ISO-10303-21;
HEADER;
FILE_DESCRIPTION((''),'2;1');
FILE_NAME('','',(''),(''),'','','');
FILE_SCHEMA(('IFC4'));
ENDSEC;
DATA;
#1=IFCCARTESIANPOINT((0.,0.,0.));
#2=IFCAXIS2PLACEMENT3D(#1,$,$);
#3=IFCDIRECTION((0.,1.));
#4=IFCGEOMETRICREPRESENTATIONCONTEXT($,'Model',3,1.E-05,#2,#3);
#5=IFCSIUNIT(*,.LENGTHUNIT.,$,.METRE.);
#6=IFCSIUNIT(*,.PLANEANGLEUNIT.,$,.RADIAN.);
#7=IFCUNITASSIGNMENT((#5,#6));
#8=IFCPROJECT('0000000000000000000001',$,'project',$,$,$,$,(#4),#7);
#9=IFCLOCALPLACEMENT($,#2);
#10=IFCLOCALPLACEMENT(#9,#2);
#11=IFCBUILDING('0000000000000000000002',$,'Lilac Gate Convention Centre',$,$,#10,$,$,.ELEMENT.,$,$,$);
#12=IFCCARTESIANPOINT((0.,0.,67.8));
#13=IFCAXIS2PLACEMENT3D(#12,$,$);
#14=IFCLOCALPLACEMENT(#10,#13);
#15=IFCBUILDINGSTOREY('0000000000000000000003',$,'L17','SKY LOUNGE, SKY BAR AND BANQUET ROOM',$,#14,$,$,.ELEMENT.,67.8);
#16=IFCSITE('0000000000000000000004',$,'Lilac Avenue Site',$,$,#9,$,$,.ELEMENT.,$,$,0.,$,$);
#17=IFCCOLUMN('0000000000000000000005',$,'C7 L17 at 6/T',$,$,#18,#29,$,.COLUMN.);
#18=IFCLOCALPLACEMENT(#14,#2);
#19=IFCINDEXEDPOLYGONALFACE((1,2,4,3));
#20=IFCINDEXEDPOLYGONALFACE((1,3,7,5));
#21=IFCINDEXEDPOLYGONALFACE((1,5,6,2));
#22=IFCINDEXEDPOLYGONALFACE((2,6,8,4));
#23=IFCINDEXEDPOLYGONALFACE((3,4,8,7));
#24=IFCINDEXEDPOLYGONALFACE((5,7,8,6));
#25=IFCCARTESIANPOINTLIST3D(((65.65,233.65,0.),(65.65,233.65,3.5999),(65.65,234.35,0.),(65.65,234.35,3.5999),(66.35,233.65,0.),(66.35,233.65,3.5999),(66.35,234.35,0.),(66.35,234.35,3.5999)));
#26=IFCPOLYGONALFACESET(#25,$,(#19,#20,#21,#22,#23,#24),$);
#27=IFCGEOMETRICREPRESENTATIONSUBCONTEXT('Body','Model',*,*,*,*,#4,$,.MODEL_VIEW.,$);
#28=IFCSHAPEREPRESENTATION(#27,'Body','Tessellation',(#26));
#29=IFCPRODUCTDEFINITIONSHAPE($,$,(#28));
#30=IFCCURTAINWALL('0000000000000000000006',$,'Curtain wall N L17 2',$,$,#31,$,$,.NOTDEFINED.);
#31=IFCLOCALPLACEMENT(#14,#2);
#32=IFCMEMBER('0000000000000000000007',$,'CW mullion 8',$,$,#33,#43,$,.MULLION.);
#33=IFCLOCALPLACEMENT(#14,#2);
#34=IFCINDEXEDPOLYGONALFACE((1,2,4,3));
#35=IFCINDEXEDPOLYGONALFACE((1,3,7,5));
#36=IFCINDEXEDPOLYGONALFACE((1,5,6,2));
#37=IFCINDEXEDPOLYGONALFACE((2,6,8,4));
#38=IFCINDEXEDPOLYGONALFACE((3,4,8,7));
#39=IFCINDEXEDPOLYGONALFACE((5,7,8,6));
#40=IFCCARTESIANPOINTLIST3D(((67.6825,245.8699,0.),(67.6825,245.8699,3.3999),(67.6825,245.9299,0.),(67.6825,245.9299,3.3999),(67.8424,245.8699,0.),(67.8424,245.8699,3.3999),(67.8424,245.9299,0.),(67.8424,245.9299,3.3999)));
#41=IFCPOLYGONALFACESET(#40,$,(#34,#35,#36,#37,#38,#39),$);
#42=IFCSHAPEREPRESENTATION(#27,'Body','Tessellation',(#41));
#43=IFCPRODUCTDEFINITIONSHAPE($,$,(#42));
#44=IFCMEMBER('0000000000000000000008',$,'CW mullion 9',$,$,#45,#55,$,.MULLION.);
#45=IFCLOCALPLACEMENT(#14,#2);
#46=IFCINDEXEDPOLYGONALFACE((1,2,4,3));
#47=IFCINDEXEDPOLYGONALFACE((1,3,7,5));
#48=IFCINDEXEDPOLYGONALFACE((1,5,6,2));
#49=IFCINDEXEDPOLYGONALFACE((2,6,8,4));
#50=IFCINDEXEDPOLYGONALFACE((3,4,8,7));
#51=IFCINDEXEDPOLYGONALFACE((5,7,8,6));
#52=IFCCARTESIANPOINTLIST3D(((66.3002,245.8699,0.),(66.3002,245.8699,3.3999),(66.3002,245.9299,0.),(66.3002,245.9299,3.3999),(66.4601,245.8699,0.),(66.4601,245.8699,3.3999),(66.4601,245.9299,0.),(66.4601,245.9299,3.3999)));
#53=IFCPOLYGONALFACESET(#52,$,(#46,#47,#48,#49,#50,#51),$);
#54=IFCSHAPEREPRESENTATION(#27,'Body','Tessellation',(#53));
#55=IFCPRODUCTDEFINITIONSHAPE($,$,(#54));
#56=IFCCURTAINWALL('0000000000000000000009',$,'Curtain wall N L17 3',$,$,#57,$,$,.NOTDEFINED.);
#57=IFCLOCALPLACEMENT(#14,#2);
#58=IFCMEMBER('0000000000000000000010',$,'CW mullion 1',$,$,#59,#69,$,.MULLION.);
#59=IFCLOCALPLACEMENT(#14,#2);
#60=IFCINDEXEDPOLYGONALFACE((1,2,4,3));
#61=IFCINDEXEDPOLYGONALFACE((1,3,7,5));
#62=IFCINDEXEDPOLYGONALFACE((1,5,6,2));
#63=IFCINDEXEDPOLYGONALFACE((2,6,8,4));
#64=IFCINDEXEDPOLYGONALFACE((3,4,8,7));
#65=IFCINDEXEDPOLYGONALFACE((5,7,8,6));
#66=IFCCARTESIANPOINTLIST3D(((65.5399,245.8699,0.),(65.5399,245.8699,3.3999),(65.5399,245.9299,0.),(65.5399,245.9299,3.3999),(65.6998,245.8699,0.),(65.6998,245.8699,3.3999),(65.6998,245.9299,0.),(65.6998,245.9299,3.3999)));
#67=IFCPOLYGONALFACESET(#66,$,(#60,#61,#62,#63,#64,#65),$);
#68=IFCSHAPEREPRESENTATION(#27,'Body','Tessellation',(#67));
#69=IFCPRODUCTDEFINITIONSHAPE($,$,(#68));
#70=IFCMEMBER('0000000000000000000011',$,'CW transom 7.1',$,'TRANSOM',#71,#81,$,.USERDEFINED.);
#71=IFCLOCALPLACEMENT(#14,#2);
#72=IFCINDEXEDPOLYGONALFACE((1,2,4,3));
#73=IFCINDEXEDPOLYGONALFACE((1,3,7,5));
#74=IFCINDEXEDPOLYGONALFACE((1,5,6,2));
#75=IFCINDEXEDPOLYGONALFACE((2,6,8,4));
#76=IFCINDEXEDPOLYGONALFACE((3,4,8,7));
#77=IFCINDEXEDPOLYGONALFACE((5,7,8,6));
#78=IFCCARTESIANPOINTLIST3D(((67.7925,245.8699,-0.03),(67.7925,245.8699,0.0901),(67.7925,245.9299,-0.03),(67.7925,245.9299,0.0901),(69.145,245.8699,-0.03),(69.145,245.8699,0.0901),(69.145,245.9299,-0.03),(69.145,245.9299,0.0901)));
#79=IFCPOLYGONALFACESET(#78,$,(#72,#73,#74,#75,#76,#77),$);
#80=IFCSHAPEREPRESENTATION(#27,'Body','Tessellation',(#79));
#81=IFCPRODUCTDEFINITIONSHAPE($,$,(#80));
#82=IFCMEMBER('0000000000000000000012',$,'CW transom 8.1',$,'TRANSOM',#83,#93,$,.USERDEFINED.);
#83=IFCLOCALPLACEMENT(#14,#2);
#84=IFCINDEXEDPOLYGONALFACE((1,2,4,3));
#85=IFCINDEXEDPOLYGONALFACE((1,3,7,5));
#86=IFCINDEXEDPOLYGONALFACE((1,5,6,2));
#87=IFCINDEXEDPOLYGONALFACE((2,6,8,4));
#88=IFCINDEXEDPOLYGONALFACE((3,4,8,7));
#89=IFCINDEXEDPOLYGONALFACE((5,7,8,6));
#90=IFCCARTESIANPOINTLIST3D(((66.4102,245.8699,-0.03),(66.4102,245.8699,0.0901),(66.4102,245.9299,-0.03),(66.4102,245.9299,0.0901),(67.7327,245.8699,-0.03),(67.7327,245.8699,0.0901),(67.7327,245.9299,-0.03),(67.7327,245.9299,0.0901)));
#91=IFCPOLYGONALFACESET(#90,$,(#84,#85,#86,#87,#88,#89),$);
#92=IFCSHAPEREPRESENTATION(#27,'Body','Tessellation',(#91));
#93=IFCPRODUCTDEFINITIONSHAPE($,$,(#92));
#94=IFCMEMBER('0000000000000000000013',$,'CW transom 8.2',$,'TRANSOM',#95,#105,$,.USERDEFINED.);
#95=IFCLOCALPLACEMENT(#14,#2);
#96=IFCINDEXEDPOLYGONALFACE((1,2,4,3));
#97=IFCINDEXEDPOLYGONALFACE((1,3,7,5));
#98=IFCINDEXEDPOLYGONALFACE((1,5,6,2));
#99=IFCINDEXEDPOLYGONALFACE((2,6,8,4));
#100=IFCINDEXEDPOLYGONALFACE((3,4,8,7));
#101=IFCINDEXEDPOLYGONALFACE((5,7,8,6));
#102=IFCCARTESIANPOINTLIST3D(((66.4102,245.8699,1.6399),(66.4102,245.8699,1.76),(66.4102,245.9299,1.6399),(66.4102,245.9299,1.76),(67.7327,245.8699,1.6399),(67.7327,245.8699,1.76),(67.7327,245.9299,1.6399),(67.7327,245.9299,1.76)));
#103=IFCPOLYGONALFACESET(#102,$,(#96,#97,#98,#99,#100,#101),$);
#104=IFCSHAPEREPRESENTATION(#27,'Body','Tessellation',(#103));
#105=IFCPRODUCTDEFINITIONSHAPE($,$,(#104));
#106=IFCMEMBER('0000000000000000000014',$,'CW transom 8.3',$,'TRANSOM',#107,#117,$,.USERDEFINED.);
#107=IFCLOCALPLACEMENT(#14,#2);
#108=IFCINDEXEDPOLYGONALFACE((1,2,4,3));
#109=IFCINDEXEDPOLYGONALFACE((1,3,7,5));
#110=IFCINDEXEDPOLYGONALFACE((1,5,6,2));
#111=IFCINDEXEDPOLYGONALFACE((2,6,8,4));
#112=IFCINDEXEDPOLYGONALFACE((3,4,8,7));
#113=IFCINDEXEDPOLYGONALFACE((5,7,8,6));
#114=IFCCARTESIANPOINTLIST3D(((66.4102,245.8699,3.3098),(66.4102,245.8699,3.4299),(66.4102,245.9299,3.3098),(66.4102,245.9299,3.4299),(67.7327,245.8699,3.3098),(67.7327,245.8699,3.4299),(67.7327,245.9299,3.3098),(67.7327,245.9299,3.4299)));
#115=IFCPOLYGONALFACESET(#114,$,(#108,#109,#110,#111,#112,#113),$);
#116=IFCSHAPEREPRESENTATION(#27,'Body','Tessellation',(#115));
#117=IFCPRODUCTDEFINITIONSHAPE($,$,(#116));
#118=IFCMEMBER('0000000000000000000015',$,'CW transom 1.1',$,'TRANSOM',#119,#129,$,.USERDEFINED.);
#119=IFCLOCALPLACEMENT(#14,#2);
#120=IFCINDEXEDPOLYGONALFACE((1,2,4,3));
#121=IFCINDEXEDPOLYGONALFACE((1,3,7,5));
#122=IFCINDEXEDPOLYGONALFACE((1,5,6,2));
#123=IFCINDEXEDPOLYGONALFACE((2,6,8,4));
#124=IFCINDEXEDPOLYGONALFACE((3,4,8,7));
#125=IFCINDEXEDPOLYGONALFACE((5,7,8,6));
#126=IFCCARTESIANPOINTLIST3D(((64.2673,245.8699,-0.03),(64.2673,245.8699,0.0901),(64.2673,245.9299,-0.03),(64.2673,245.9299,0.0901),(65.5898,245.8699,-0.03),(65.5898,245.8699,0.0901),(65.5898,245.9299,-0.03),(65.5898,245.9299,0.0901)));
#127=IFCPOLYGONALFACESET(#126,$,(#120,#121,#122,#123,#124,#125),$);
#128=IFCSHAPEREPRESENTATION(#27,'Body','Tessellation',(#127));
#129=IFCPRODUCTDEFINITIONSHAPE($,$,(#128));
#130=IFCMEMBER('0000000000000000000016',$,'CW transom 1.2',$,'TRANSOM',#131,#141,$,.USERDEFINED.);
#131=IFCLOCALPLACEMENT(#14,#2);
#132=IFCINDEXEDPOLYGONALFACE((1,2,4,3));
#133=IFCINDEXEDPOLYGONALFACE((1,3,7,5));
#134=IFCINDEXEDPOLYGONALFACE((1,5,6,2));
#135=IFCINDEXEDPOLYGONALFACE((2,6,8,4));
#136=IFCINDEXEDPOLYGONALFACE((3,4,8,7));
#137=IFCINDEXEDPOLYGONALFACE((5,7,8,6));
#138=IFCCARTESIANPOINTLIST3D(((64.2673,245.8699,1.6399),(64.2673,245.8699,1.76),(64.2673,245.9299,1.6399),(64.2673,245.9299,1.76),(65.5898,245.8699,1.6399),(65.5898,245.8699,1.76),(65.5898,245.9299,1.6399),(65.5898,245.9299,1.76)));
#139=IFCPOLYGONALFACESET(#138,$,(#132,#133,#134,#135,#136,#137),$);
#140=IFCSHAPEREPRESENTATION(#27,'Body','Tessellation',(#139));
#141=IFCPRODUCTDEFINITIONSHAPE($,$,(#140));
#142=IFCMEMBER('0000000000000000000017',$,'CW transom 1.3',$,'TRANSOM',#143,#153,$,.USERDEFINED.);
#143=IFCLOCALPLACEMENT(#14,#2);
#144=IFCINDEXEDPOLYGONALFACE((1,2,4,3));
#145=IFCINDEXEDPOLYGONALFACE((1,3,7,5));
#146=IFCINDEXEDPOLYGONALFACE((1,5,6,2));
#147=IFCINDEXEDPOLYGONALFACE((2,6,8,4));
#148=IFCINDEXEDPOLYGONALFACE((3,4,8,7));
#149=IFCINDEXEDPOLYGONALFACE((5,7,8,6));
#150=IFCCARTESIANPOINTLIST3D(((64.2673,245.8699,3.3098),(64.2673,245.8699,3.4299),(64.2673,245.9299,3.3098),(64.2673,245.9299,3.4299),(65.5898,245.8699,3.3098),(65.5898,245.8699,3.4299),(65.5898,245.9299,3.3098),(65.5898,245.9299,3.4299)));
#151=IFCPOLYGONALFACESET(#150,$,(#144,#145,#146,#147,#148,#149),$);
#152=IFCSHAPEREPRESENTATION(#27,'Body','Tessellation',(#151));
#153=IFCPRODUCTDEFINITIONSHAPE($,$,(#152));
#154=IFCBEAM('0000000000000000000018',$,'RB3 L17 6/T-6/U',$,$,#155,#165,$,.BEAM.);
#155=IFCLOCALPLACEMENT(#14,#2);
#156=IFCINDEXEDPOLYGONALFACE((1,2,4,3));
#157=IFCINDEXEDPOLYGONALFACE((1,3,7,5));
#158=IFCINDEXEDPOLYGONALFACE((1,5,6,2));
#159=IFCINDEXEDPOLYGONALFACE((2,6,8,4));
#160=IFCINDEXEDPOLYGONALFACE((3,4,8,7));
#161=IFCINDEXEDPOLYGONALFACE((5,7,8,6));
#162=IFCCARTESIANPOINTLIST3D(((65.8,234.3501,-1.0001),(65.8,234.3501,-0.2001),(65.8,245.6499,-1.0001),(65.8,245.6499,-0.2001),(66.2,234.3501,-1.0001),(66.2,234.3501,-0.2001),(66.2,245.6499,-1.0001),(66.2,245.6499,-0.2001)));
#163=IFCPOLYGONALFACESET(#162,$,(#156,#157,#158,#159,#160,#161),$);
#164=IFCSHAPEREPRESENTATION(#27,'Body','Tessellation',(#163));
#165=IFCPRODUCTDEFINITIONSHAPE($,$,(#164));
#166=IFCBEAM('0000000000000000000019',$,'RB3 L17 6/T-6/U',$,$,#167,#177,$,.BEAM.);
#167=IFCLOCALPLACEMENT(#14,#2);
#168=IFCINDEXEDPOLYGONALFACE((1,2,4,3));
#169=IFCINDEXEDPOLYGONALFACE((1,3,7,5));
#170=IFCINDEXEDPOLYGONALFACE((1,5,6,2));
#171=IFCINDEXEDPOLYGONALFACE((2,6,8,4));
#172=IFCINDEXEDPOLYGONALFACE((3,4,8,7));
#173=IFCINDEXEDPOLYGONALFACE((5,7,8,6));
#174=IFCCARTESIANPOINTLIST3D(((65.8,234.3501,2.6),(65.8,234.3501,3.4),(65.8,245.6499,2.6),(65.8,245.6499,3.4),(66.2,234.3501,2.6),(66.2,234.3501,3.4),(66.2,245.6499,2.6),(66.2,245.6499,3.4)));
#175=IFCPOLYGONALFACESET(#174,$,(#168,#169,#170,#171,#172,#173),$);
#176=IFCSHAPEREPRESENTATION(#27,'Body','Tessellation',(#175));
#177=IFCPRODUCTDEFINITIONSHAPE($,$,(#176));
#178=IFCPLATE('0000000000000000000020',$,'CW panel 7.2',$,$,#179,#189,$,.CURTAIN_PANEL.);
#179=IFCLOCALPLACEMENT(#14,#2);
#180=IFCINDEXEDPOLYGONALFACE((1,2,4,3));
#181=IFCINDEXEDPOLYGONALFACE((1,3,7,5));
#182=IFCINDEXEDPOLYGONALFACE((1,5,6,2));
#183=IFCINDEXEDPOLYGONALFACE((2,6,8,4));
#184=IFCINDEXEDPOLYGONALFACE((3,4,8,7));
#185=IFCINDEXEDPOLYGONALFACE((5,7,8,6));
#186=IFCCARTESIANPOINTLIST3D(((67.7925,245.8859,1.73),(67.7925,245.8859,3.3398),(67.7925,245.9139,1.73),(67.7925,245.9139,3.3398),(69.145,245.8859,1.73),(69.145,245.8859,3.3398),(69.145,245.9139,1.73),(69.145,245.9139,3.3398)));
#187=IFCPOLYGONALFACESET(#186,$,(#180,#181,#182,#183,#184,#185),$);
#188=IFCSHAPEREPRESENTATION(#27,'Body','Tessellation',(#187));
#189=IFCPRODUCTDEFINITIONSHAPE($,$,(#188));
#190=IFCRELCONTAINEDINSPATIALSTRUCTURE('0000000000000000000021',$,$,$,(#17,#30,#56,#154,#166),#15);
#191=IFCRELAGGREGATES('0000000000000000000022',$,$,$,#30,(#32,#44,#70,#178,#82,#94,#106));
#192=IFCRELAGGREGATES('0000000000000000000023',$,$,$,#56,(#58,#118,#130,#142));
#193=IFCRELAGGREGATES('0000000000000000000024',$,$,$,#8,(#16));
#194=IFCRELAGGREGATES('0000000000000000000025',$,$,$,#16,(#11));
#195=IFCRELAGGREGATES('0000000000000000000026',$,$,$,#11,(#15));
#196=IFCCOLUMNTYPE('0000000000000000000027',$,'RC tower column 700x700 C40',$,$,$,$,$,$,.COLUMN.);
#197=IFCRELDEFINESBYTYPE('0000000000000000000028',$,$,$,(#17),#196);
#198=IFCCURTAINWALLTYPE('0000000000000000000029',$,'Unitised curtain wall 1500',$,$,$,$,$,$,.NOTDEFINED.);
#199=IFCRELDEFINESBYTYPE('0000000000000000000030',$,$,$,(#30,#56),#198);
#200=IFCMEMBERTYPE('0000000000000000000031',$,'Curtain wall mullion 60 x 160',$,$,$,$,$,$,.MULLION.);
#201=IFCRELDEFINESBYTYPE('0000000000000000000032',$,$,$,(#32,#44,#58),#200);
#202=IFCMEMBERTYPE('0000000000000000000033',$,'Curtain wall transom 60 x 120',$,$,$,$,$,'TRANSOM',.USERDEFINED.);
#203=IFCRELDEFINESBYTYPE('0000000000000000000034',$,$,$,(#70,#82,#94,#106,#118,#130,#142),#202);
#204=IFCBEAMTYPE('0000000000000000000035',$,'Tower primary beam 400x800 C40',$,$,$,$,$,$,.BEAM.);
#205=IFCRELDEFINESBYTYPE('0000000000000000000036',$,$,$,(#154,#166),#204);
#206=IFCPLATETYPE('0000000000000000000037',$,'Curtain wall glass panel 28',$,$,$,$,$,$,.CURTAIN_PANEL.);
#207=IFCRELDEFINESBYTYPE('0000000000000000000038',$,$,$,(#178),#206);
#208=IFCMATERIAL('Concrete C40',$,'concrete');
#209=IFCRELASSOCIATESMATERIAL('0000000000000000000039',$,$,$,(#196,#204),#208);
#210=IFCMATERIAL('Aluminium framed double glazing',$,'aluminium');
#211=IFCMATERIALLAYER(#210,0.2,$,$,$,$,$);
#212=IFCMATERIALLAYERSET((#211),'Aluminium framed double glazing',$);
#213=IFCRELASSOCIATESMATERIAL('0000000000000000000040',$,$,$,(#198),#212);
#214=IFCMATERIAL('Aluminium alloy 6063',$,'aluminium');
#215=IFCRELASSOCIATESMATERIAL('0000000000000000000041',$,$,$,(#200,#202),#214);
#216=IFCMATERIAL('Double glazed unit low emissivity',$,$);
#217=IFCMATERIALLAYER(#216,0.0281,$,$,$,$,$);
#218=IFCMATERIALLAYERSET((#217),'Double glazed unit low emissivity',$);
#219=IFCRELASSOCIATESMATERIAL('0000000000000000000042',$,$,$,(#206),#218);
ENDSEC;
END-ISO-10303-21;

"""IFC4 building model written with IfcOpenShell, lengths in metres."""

from ifc_helpers import new_model, si_unit, direction, frame, origin, origin_2d, place, context, subcontext, project, spatial, rectangle, extrude, material, layer, layer_set, material_profile, profile_set, type_object, element, aggregate, save


model = new_model("IFC4")

# Units and contexts
model_context = context("Model", 3, precision=1e-05, world=origin(), true_north=direction((0.0, 1.0)))
body_context = subcontext(model_context, "Body", "Model", "MODEL_VIEW")
ifc_project = project(units=[si_unit("LENGTHUNIT", "METRE"), si_unit("PLANEANGLEUNIT", "RADIAN")], contexts=[model_context])

# Site, building, storey
site_placement = place(None, origin())
site = spatial("IfcSite", under=ifc_project, at=site_placement, Name="Lilac Avenue Site", CompositionType="ELEMENT", RefElevation=0.0)
building_placement = place(site_placement, origin())
building = spatial("IfcBuilding", under=site, at=building_placement, Name="Lilac Gate Convention Centre", CompositionType="ELEMENT")
storey_placement = place(building_placement, frame((0.0, 0.0, 67.8)))
storey = spatial("IfcBuildingStorey", under=building, at=storey_placement, Name="L17", Description="SKY LOUNGE, SKY BAR AND BANQUET ROOM", CompositionType="ELEMENT", Elevation=67.8)

# Column
ifc_material_1 = material(Name="Concrete C40", Category="concrete")
ifc_material_profile_1 = material_profile(ifc_material_1, rectangle(XDim=0.7, YDim=0.7, at=origin_2d()), Name="RC 700x700")
ifc_profile_set_1 = profile_set([ifc_material_profile_1], Name="Concrete C40")
column_type = type_object("IfcColumnType", Name="RC tower column 700x700 C40", PredefinedType="COLUMN", material=ifc_profile_set_1)
column_placement = place(storey_placement, frame((66.0, 234.0, 0.0), z_axis=(0.0, 0.0, 1.0), x_axis=(1.0, 0.0, 0.0)))
element("IfcColumn", 1, at=column_placement, inside=storey, type_object=column_type, Name="C7 L17 at 6/T", PredefinedType="COLUMN", context=body_context, shape_type="SweptSolid", body=[
    extrude(rectangle(XDim=0.7, YDim=0.7, at=origin_2d()), origin(), (0.0, 0.0, 1.0), 3.5999),
])

# Curtain wall, members
ifc_material_2 = material(Name="Aluminium framed double glazing", Category="aluminium")
ifc_layer_1 = layer(ifc_material_2, 0.2)
ifc_layer_set_1 = layer_set([ifc_layer_1], Name="Aluminium framed double glazing")
curtain_wall_type = type_object("IfcCurtainWallType", Name="Unitised curtain wall 1500", PredefinedType="NOTDEFINED", material=ifc_layer_set_1)
curtain_wall_1_placement = place(storey_placement, origin())
curtain_wall_1 = element("IfcCurtainWall", 2, at=curtain_wall_1_placement, inside=storey, type_object=curtain_wall_type, Name="Curtain wall N L17 2", PredefinedType="NOTDEFINED")
ifc_material_3 = material(Name="Aluminium alloy 6063", Category="aluminium")
ifc_material_profile_2 = material_profile(ifc_material_3, rectangle(XDim=0.0601, YDim=0.1599, at=origin_2d()), Name="Curtain wall mullion 60 x 160")
ifc_profile_set_2 = profile_set([ifc_material_profile_2], Name="Aluminium alloy 6063")
member_type_1 = type_object("IfcMemberType", Name="Curtain wall mullion 60 x 160", PredefinedType="MULLION", material=ifc_profile_set_2)
member_1_placement = place(storey_placement, frame((67.7625, 245.8999, 0.0), z_axis=(0.0, 0.0, 1.0), x_axis=(0.0, -1.0, 0.0)))
member_1 = element("IfcMember", 3, at=member_1_placement, type_object=member_type_1, Name="CW mullion 8", PredefinedType="MULLION", context=body_context, shape_type="SweptSolid", body=[
    extrude(rectangle(XDim=0.0601, YDim=0.1599, at=origin_2d()), origin(), (0.0, 0.0, 1.0), 3.3999),
])
member_2_placement = place(storey_placement, frame((66.3801, 245.8999, 0.0), z_axis=(0.0, 0.0, 1.0), x_axis=(0.0, -1.0, 0.0)))
member_2 = element("IfcMember", 4, at=member_2_placement, type_object=member_type_1, Name="CW mullion 9", PredefinedType="MULLION", context=body_context, shape_type="SweptSolid", body=[
    extrude(rectangle(XDim=0.0601, YDim=0.1599, at=origin_2d()), origin(), (0.0, 0.0, 1.0), 3.3999),
])

# Curtain wall, member
curtain_wall_2_placement = place(storey_placement, origin())
curtain_wall_2 = element("IfcCurtainWall", 5, at=curtain_wall_2_placement, inside=storey, type_object=curtain_wall_type, Name="Curtain wall N L17 3", PredefinedType="NOTDEFINED")
member_3_placement = place(storey_placement, frame((65.6199, 245.8999, 0.0), z_axis=(0.0, 0.0, 1.0), x_axis=(0.0, -1.0, 0.0)))
member_3 = element("IfcMember", 6, at=member_3_placement, type_object=member_type_1, Name="CW mullion 1", PredefinedType="MULLION", context=body_context, shape_type="SweptSolid", body=[
    extrude(rectangle(XDim=0.0601, YDim=0.1599, at=origin_2d()), origin(), (0.0, 0.0, 1.0), 3.3999),
])

# Members
ifc_material_profile_3 = material_profile(ifc_material_3, rectangle(XDim=0.0601, YDim=0.1201, at=origin_2d()), Name="Curtain wall transom 60 x 120")
ifc_profile_set_3 = profile_set([ifc_material_profile_3], Name="Aluminium alloy 6063")
member_type_2 = type_object("IfcMemberType", Name="Curtain wall transom 60 x 120", ElementType="TRANSOM", PredefinedType="USERDEFINED", material=ifc_profile_set_3)
member_4_placement = place(storey_placement, frame((69.145, 245.8999, 0.03), z_axis=(-1.0, 0.0, 0.0), x_axis=(0.0, -1.0, 0.0)))
member_4 = element("IfcMember", 7, at=member_4_placement, type_object=member_type_2, Name="CW transom 7.1", ObjectType="TRANSOM", PredefinedType="USERDEFINED", context=body_context, shape_type="SweptSolid", body=[
    extrude(rectangle(XDim=0.0601, YDim=0.1201, at=origin_2d()), origin(), (0.0, 0.0, 1.0), 1.3525),
])
member_5_placement = place(storey_placement, frame((67.7327, 245.8999, 0.03), z_axis=(-1.0, 0.0, 0.0), x_axis=(0.0, -1.0, 0.0)))
member_5 = element("IfcMember", 8, at=member_5_placement, type_object=member_type_2, Name="CW transom 8.1", ObjectType="TRANSOM", PredefinedType="USERDEFINED", context=body_context, shape_type="SweptSolid", body=[
    extrude(rectangle(XDim=0.0601, YDim=0.1201, at=origin_2d()), origin(), (0.0, 0.0, 1.0), 1.3225),
])
member_6_placement = place(storey_placement, frame((67.7327, 245.8999, 1.7), z_axis=(-1.0, 0.0, 0.0), x_axis=(0.0, -1.0, 0.0)))
member_6 = element("IfcMember", 9, at=member_6_placement, type_object=member_type_2, Name="CW transom 8.2", ObjectType="TRANSOM", PredefinedType="USERDEFINED", context=body_context, shape_type="SweptSolid", body=[
    extrude(rectangle(XDim=0.0601, YDim=0.1201, at=origin_2d()), origin(), (0.0, 0.0, 1.0), 1.3225),
])
member_7_placement = place(storey_placement, frame((67.7327, 245.8999, 3.3699), z_axis=(-1.0, 0.0, 0.0), x_axis=(0.0, -1.0, 0.0)))
member_7 = element("IfcMember", 10, at=member_7_placement, type_object=member_type_2, Name="CW transom 8.3", ObjectType="TRANSOM", PredefinedType="USERDEFINED", context=body_context, shape_type="SweptSolid", body=[
    extrude(rectangle(XDim=0.0601, YDim=0.1201, at=origin_2d()), origin(), (0.0, 0.0, 1.0), 1.3225),
])
member_8_placement = place(storey_placement, frame((65.5898, 245.8999, 0.03), z_axis=(-1.0, 0.0, 0.0), x_axis=(0.0, -1.0, 0.0)))
member_8 = element("IfcMember", 11, at=member_8_placement, type_object=member_type_2, Name="CW transom 1.1", ObjectType="TRANSOM", PredefinedType="USERDEFINED", context=body_context, shape_type="SweptSolid", body=[
    extrude(rectangle(XDim=0.0601, YDim=0.1201, at=origin_2d()), origin(), (0.0, 0.0, 1.0), 1.3225),
])
member_9_placement = place(storey_placement, frame((65.5898, 245.8999, 1.7), z_axis=(-1.0, 0.0, 0.0), x_axis=(0.0, -1.0, 0.0)))
member_9 = element("IfcMember", 12, at=member_9_placement, type_object=member_type_2, Name="CW transom 1.2", ObjectType="TRANSOM", PredefinedType="USERDEFINED", context=body_context, shape_type="SweptSolid", body=[
    extrude(rectangle(XDim=0.0601, YDim=0.1201, at=origin_2d()), origin(), (0.0, 0.0, 1.0), 1.3225),
])
member_10_placement = place(storey_placement, frame((65.5898, 245.8999, 3.3699), z_axis=(-1.0, 0.0, 0.0), x_axis=(0.0, -1.0, 0.0)))
member_10 = element("IfcMember", 13, at=member_10_placement, type_object=member_type_2, Name="CW transom 1.3", ObjectType="TRANSOM", PredefinedType="USERDEFINED", context=body_context, shape_type="SweptSolid", body=[
    extrude(rectangle(XDim=0.0601, YDim=0.1201, at=origin_2d()), origin(), (0.0, 0.0, 1.0), 1.3225),
])

# Beams
ifc_material_profile_4 = material_profile(ifc_material_1, rectangle(XDim=0.3999, YDim=0.8, at=origin_2d()), Name="RC 400x800")
ifc_profile_set_4 = profile_set([ifc_material_profile_4], Name="Concrete C40")
beam_type = type_object("IfcBeamType", Name="Tower primary beam 400x800 C40", PredefinedType="BEAM", material=ifc_profile_set_4)
for number, where, z_axis, x_axis, name in (
    (14, (66.0, 234.3501, -0.6001), (0.0, 1.0, 0.0), (-1.0, 0.0, 0.0), "RB3 L17 6/T-6/U"),
    (15, (66.0, 234.3501, 3.0), (0.0, 1.0, 0.0), (-1.0, 0.0, 0.0), "RB3 L17 6/T-6/U"),
):
    element("IfcBeam", number, at=place(storey_placement, frame(where, z_axis=z_axis, x_axis=x_axis)), inside=storey, type_object=beam_type, Name=name, PredefinedType="BEAM", context=body_context, shape_type="SweptSolid", body=[
        extrude(rectangle(XDim=0.3999, YDim=0.8, at=origin_2d()), origin(), (0.0, 0.0, 1.0), 11.2998),
    ])

# Plate
ifc_material_4 = material(Name="Double glazed unit low emissivity")
ifc_layer_2 = layer(ifc_material_4, 0.0281)
ifc_layer_set_2 = layer_set([ifc_layer_2], Name="Double glazed unit low emissivity")
plate_type_1 = type_object("IfcPlateType", Name="Curtain wall glass panel 28", PredefinedType="CURTAIN_PANEL", material=ifc_layer_set_2)
plate_1_placement = place(storey_placement, frame((68.4688, 245.8999, 1.73), z_axis=(0.0, 0.0, 1.0), x_axis=(-1.0, 0.0, 0.0)))
plate_1 = element("IfcPlate", 16, at=plate_1_placement, type_object=plate_type_1, Name="CW panel 7.2", PredefinedType="CURTAIN_PANEL", context=body_context, shape_type="SweptSolid", body=[
    extrude(rectangle(XDim=1.3525, YDim=0.0281, at=origin_2d()), origin(), (0.0, 0.0, 1.0), 1.6099),
])
aggregate(curtain_wall_1, [member_1, member_2, member_4, plate_1, member_5, member_6, member_7])
aggregate(curtain_wall_2, [member_3, member_8, member_9, member_10])

save(model, "model.ifc")
